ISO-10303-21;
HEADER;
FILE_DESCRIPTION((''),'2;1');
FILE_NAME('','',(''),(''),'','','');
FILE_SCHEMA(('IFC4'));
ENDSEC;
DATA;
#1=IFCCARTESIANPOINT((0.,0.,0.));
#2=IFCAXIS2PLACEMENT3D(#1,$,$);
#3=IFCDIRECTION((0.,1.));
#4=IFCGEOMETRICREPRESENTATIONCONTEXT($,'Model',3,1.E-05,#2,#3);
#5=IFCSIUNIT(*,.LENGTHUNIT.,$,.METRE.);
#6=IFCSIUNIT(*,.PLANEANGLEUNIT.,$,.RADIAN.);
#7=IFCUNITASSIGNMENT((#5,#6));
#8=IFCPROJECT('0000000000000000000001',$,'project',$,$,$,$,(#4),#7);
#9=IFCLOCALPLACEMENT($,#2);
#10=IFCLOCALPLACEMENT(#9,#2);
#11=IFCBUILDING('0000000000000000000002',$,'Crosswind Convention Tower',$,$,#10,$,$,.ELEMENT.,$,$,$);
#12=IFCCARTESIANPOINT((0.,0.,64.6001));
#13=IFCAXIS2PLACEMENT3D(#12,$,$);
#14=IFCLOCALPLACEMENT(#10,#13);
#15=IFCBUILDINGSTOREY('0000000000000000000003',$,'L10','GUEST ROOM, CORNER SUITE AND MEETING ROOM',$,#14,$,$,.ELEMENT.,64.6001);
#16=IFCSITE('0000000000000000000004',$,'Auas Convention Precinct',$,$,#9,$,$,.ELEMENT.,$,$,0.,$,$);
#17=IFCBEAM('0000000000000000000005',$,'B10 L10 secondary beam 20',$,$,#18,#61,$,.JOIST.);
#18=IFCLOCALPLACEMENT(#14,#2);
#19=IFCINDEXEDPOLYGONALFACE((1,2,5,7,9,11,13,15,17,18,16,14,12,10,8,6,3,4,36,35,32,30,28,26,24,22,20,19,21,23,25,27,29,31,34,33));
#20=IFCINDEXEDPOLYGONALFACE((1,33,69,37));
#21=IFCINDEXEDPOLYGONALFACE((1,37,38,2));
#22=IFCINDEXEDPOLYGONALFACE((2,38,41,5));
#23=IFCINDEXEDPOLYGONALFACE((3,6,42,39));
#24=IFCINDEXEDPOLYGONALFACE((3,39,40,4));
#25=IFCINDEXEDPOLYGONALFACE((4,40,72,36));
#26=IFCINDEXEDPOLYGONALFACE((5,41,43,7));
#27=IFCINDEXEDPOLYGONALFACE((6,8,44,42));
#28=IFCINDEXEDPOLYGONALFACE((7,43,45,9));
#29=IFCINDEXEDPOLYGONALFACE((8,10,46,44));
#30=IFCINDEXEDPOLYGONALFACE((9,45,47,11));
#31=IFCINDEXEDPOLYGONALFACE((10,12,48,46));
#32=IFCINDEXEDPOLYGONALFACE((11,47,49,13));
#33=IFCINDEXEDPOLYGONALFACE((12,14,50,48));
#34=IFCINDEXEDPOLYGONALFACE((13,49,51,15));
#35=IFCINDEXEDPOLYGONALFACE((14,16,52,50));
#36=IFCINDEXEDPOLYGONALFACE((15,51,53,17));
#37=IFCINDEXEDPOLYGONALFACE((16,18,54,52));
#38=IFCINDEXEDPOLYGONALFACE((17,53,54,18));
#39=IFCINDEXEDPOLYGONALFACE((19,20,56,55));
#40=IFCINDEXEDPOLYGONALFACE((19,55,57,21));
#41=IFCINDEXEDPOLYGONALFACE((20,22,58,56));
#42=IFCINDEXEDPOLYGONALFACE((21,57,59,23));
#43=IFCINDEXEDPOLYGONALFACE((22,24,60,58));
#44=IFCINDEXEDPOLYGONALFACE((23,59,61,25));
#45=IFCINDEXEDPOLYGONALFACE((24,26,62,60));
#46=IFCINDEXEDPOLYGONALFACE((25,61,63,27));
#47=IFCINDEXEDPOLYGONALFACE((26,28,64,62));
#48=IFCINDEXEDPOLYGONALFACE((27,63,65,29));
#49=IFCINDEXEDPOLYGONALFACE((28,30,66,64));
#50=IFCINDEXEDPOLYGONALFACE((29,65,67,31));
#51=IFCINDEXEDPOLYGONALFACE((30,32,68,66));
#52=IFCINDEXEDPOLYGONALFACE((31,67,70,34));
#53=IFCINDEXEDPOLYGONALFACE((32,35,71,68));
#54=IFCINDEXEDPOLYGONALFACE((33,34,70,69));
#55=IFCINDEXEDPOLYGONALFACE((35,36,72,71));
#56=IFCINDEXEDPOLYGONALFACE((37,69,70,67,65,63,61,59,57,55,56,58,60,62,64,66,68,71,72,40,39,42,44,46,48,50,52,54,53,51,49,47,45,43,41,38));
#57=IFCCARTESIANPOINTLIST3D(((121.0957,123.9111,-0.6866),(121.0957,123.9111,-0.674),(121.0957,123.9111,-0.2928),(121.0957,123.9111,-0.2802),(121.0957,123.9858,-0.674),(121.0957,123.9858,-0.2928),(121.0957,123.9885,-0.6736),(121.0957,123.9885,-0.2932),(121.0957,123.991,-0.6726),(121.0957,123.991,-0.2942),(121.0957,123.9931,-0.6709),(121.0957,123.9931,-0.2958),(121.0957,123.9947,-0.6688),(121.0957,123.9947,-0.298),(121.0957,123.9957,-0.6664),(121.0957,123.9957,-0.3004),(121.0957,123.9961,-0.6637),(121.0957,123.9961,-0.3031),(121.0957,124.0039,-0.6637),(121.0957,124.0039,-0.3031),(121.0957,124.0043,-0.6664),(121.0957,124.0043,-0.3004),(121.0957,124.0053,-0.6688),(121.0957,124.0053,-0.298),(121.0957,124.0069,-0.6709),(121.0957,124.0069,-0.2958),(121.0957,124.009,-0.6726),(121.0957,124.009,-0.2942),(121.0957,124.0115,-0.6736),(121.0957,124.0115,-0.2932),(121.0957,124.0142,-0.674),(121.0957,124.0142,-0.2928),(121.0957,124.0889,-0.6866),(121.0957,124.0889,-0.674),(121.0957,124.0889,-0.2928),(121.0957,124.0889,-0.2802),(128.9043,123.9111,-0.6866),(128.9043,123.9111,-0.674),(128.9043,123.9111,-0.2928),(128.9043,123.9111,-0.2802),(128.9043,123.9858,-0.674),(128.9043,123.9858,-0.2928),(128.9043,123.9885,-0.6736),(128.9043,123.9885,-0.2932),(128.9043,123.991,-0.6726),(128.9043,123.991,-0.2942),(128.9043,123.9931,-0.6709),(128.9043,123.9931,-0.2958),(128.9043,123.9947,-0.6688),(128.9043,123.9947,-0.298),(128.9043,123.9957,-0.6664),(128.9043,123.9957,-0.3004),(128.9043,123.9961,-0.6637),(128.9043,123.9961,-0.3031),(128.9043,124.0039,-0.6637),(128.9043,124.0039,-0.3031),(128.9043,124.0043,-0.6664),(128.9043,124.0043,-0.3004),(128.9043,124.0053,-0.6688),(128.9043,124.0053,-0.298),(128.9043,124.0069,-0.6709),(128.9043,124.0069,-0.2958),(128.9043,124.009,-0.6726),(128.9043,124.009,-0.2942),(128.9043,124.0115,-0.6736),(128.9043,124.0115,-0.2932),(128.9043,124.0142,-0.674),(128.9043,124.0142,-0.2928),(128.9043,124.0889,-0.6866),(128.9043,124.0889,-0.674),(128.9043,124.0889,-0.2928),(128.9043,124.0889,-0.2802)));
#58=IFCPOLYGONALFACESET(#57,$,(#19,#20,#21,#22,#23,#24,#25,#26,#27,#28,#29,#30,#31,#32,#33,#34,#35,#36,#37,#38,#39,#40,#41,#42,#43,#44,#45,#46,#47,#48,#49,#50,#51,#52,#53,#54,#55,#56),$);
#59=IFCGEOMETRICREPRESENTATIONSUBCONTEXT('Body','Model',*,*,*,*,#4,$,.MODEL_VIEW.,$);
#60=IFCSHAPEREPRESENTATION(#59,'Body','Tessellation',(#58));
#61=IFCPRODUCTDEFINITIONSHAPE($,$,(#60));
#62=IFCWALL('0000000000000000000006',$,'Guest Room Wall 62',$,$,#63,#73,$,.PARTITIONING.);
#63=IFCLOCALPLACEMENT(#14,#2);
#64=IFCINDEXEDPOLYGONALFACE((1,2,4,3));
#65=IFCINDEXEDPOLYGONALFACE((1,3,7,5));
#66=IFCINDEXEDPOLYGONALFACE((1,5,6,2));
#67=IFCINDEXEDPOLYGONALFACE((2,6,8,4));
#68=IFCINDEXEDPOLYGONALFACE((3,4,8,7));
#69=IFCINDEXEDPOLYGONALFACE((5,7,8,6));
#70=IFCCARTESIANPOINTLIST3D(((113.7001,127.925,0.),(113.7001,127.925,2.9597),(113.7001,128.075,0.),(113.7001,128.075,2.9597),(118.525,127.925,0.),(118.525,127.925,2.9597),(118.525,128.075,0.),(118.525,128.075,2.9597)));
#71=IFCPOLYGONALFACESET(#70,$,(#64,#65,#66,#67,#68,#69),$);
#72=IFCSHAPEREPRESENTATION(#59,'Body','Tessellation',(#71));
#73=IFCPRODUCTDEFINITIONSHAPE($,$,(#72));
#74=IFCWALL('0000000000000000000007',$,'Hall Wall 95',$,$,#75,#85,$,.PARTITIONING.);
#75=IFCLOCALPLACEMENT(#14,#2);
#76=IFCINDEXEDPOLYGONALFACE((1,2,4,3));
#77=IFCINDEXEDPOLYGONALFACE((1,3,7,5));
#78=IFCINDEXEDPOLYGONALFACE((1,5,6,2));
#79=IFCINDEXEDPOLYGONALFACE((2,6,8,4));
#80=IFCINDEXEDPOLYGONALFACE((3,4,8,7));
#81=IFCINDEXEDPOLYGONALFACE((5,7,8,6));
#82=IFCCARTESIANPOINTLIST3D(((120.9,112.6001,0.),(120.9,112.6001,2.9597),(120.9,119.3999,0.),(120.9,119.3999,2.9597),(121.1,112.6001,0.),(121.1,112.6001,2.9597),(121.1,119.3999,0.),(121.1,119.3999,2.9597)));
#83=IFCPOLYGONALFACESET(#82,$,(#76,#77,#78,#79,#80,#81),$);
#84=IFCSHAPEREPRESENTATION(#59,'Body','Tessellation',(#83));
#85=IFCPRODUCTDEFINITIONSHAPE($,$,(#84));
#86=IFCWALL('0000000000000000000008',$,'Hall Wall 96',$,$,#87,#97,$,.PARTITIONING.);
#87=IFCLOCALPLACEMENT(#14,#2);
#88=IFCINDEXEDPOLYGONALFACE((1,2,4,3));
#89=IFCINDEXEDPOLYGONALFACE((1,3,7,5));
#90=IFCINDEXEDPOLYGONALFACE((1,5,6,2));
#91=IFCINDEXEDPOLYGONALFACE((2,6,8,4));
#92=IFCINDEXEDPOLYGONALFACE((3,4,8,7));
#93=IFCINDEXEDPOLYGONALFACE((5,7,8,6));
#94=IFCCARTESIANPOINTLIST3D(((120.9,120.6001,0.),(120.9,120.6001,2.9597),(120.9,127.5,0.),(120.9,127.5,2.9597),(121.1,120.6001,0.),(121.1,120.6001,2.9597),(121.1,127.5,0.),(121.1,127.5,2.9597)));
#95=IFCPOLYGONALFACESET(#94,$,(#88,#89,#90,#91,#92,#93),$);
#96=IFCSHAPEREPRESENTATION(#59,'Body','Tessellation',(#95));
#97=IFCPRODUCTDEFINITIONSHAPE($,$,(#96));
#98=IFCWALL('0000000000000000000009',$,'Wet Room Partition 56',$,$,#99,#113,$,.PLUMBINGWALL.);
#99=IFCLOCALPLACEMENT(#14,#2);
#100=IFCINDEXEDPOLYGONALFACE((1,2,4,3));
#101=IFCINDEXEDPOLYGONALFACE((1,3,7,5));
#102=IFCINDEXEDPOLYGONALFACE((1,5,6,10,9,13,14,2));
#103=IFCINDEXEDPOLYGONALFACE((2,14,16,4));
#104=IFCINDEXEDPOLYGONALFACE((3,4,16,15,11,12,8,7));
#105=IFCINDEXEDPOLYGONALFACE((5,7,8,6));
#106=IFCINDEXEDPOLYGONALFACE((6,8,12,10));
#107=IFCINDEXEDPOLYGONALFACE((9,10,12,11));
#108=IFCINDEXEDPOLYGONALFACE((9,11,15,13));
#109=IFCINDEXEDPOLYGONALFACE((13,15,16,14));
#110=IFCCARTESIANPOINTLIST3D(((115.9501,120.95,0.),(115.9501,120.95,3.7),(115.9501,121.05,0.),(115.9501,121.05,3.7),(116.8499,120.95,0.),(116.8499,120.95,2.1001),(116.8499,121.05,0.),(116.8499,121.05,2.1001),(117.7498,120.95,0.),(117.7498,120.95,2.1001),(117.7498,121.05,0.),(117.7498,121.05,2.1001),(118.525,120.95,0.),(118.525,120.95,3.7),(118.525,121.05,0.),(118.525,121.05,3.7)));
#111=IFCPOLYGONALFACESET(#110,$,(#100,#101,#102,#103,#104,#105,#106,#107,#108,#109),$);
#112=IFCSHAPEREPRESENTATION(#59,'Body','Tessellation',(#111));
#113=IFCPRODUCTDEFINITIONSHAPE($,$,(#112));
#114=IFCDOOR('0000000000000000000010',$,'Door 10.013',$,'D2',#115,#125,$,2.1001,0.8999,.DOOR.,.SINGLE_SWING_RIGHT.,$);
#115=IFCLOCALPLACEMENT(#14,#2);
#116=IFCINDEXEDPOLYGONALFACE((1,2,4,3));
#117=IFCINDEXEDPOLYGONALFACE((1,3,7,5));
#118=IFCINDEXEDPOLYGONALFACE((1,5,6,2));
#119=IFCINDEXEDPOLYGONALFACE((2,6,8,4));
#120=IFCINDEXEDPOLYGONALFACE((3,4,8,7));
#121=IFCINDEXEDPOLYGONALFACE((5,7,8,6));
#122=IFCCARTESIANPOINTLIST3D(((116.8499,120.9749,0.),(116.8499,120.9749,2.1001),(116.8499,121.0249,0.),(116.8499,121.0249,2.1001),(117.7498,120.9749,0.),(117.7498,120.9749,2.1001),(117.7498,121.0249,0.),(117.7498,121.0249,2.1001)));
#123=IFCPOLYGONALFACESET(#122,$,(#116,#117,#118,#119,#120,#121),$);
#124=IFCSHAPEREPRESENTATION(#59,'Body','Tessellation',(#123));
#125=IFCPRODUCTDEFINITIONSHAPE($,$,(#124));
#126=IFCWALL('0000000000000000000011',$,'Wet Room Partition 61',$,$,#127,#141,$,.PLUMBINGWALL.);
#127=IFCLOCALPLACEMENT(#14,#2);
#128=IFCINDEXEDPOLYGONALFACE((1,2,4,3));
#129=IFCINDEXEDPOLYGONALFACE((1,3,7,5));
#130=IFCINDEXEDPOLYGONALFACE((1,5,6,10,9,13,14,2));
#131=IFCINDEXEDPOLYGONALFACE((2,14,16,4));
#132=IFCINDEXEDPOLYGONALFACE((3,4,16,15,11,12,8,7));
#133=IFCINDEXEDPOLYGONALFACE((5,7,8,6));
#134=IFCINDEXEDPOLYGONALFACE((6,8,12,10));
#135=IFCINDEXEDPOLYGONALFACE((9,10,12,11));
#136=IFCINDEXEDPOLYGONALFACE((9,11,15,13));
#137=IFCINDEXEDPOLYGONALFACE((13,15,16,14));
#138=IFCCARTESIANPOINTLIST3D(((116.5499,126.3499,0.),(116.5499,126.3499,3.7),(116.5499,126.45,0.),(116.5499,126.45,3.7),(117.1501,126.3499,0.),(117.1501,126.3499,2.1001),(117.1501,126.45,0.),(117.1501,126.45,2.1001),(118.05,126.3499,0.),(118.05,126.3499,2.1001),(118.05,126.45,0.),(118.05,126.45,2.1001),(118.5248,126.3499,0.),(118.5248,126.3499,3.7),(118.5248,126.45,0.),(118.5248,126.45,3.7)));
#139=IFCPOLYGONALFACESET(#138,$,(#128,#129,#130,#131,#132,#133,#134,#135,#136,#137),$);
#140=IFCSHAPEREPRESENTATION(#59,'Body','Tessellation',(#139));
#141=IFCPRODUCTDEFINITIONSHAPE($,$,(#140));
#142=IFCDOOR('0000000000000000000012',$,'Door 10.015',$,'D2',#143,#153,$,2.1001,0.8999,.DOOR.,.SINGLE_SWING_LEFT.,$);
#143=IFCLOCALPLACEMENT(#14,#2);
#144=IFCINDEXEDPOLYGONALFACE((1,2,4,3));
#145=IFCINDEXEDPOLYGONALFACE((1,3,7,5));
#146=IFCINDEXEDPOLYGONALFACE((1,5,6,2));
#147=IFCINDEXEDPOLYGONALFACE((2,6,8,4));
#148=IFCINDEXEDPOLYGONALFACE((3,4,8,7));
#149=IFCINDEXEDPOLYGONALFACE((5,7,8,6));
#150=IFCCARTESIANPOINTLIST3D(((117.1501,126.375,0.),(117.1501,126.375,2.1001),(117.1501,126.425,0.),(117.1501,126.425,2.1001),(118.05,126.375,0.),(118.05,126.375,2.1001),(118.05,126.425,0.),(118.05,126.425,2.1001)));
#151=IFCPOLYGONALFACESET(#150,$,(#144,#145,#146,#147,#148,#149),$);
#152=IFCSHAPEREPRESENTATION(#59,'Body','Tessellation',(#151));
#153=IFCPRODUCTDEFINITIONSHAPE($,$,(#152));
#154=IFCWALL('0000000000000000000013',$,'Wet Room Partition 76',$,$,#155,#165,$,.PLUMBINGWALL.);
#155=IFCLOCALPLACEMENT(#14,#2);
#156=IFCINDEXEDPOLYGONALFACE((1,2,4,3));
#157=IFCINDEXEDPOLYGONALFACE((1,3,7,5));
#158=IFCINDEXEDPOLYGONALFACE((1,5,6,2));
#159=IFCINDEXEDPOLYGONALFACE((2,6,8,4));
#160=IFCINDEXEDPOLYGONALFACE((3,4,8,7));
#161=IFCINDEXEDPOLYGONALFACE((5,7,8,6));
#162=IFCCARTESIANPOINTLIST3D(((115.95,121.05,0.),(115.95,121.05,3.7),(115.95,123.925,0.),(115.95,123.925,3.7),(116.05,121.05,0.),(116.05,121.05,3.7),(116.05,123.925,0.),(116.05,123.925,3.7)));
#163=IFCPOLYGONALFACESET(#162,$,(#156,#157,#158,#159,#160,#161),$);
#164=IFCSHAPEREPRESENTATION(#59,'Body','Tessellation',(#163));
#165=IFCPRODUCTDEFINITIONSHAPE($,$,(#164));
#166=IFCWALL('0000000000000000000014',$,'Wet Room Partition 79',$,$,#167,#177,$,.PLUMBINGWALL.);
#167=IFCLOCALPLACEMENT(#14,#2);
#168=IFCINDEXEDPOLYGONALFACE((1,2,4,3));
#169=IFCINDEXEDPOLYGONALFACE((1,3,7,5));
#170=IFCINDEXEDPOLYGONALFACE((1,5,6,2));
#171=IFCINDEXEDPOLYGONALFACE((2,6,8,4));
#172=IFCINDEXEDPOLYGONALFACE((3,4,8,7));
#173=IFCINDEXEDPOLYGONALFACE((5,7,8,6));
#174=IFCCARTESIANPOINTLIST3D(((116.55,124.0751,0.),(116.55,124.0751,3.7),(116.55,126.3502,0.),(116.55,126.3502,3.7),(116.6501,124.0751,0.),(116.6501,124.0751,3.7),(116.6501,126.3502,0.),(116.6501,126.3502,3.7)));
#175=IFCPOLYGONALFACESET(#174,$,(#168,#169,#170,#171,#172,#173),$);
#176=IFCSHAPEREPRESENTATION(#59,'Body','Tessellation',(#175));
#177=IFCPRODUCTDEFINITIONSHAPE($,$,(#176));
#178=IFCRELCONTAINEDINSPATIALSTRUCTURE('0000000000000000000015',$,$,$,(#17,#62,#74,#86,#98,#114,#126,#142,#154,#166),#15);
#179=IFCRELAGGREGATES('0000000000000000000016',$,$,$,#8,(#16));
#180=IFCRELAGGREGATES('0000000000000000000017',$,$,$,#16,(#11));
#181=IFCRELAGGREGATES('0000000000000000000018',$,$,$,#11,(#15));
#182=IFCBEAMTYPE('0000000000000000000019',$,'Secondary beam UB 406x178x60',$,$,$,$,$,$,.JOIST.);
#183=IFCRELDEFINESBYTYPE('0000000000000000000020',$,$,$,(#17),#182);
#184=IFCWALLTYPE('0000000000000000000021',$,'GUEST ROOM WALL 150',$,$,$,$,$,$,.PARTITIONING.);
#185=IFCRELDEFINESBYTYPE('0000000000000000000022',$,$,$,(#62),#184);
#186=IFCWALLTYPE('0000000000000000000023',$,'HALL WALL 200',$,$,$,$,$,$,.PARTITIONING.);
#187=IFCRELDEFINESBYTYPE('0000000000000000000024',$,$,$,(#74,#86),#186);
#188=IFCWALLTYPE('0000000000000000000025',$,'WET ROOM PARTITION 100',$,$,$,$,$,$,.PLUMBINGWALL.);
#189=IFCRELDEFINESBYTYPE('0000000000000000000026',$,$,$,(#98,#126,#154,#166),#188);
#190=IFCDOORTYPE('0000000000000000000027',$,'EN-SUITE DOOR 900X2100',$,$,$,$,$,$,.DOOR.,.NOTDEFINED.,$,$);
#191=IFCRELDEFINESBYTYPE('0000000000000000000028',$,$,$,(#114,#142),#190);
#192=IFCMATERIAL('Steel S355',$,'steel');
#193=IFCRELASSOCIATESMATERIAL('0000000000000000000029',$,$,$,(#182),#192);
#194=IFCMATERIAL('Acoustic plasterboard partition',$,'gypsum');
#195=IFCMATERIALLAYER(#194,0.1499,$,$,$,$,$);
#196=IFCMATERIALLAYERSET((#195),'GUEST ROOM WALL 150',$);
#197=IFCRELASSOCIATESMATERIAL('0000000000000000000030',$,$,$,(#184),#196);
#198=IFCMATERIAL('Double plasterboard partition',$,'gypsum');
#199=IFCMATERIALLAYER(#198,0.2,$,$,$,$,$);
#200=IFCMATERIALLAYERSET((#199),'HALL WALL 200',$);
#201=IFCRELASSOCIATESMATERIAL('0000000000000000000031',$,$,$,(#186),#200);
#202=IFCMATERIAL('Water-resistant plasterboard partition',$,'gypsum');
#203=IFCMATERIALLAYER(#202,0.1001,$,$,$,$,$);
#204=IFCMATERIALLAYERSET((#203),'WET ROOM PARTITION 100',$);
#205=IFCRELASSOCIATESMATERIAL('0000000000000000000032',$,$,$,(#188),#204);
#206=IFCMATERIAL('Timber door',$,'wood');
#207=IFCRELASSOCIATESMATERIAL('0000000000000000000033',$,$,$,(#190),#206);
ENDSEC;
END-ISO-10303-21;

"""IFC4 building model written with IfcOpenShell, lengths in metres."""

from ifc_helpers import new_model, si_unit, direction, frame, frame_2d, origin, origin_2d, place, context, subcontext, project, spatial, rectangle, i_section, extrude, material, layer, layer_set, material_profile, profile_set, type_object, element, fill, save


model = new_model("IFC4")

# Units and contexts
model_context = context("Model", 3, precision=1e-05, world=origin(), true_north=direction((0.0, 1.0)))
body_context = subcontext(model_context, "Body", "Model", "MODEL_VIEW")
ifc_project = project(units=[si_unit("LENGTHUNIT", "METRE"), si_unit("PLANEANGLEUNIT", "RADIAN")], contexts=[model_context])

# Site, building, storey
site_placement = place(None, origin())
site = spatial("IfcSite", under=ifc_project, at=site_placement, Name="Auas Convention Precinct", CompositionType="ELEMENT", RefElevation=0.0)
building_placement = place(site_placement, origin())
building = spatial("IfcBuilding", under=site, at=building_placement, Name="Crosswind Convention Tower", CompositionType="ELEMENT")
storey_placement = place(building_placement, frame((0.0, 0.0, 64.6001)))
storey = spatial("IfcBuildingStorey", under=building, at=storey_placement, Name="L10", Description="GUEST ROOM, CORNER SUITE AND MEETING ROOM", CompositionType="ELEMENT", Elevation=64.6001)

# Beam
ifc_material_1 = material(Name="Steel S355", Category="steel")
ifc_material_profile_1 = material_profile(ifc_material_1, i_section(OverallWidth=0.1777, OverallDepth=0.4065, WebThickness=0.0078, FlangeThickness=0.0127, FilletRadius=0.0103, at=origin_2d()), Name="UB 406x178x60")
ifc_profile_set_1 = profile_set([ifc_material_profile_1], Name="Steel S355")
beam_type_1 = type_object("IfcBeamType", Name="Secondary beam UB 406x178x60", PredefinedType="JOIST", material=ifc_profile_set_1)
for number, where, z_axis, x_axis, name in (
    (1, (121.0957, 124.0, -0.4834), (1.0, 0.0, 0.0), (0.0, 1.0, 0.0), "B10 L10 secondary beam 20"),
):
    element("IfcBeam", number, at=place(storey_placement, frame(where, z_axis=z_axis, x_axis=x_axis)), inside=storey, type_object=beam_type_1, Name=name, PredefinedType="JOIST", context=body_context, shape_type="SweptSolid", body=[
        extrude(i_section(OverallWidth=0.1777, OverallDepth=0.4065, WebThickness=0.0078, FlangeThickness=0.0127, FilletRadius=0.0103, at=origin_2d()), origin(), (0.0, 0.0, 1.0), 7.8086),
    ])

# Walls
ifc_material_2 = material(Name="Acoustic plasterboard partition", Category="gypsum")
ifc_layer_1 = layer(ifc_material_2, 0.1499)
ifc_layer_set_1 = layer_set([ifc_layer_1], Name="GUEST ROOM WALL 150")
wall_type_1 = type_object("IfcWallType", Name="GUEST ROOM WALL 150", PredefinedType="PARTITIONING", material=ifc_layer_set_1)
wall_1_placement = place(storey_placement, frame((113.7, 128.0, 0.0), z_axis=(0.0, 0.0, 1.0), x_axis=(1.0, 0.0, 0.0)))
element("IfcWall", 2, at=wall_1_placement, inside=storey, type_object=wall_type_1, Name="Guest Room Wall 62", PredefinedType="PARTITIONING", context=body_context, shape_type="SweptSolid", body=[
    extrude(rectangle(XDim=4.825, YDim=0.1499, at=frame_2d((2.4126, 0.0))), origin(), (0.0, 0.0, 1.0), 2.9597),
])
ifc_material_3 = material(Name="Double plasterboard partition", Category="gypsum")
ifc_layer_2 = layer(ifc_material_3, 0.2)
ifc_layer_set_2 = layer_set([ifc_layer_2], Name="HALL WALL 200")
wall_type_2 = type_object("IfcWallType", Name="HALL WALL 200", PredefinedType="PARTITIONING", material=ifc_layer_set_2)
wall_2_placement = place(storey_placement, frame((121.0, 112.6001, 0.0), z_axis=(0.0, 0.0, 1.0), x_axis=(0.0, 1.0, 0.0)))
element("IfcWall", 3, at=wall_2_placement, inside=storey, type_object=wall_type_2, Name="Hall Wall 95", PredefinedType="PARTITIONING", context=body_context, shape_type="SweptSolid", body=[
    extrude(rectangle(XDim=6.7998, YDim=0.2, at=frame_2d((3.3999, 0.0))), origin(), (0.0, 0.0, 1.0), 2.9597),
])
wall_3_placement = place(storey_placement, frame((121.0, 120.6001, 0.0), z_axis=(0.0, 0.0, 1.0), x_axis=(0.0, 1.0, 0.0)))
element("IfcWall", 4, at=wall_3_placement, inside=storey, type_object=wall_type_2, Name="Hall Wall 96", PredefinedType="PARTITIONING", context=body_context, shape_type="SweptSolid", body=[
    extrude(rectangle(XDim=6.8999, YDim=0.2, at=frame_2d((3.45, 0.0))), origin(), (0.0, 0.0, 1.0), 2.9597),
])

# Walls, openings, doors
ifc_material_4 = material(Name="Water-resistant plasterboard partition", Category="gypsum")
ifc_layer_3 = layer(ifc_material_4, 0.1001)
ifc_layer_set_3 = layer_set([ifc_layer_3], Name="WET ROOM PARTITION 100")
wall_type_3 = type_object("IfcWallType", Name="WET ROOM PARTITION 100", PredefinedType="PLUMBINGWALL", material=ifc_layer_set_3)
wall_4_placement = place(storey_placement, frame((115.95, 121.0, 0.0), z_axis=(0.0, 0.0, 1.0), x_axis=(1.0, 0.0, 0.0)))
wall_4 = element("IfcWall", 5, at=wall_4_placement, inside=storey, type_object=wall_type_3, Name="Wet Room Partition 56", PredefinedType="PLUMBINGWALL", context=body_context, shape_type="SweptSolid", body=[
    extrude(rectangle(XDim=2.575, YDim=0.1001, at=frame_2d((1.2876, 0.0))), origin(), (0.0, 0.0, 1.0), 3.7),
])
opening_1_placement = place(wall_4_placement, frame((0.8999, 0.0, 0.0)))
opening_1 = element("IfcOpeningElement", 6, at=opening_1_placement, cuts=wall_4, PredefinedType="OPENING", context=body_context, shape_type="SweptSolid", body=[
    extrude(rectangle(XDim=0.8999, YDim=2.1001, at=frame_2d((0.45, 1.05))), frame((0.0, 0.0601, 0.0), z_axis=(0.0, -1.0, 0.0), x_axis=(1.0, 0.0, 0.0)), (0.0, 0.0, 1.0), 0.1201),
])
ifc_material_5 = material(Name="Timber door", Category="wood")
door_type = type_object("IfcDoorType", Name="EN-SUITE DOOR 900X2100", OperationType="NOTDEFINED", PredefinedType="DOOR", material=ifc_material_5)
door_1_placement = place(opening_1_placement, origin())
door_1 = element("IfcDoor", 7, at=door_1_placement, inside=storey, type_object=door_type, Name="Door 10.013", ObjectType="D2", OperationType="SINGLE_SWING_RIGHT", OverallHeight=2.1001, OverallWidth=0.8999, PredefinedType="DOOR", context=body_context, shape_type="SweptSolid", body=[
    extrude(rectangle(XDim=0.8999, YDim=2.1001, at=frame_2d((0.45, 1.05))), frame((0.0, 0.0249, 0.0), z_axis=(0.0, -1.0, 0.0), x_axis=(1.0, 0.0, 0.0)), (0.0, 0.0, 1.0), 0.05),
])
fill(opening_1, door_1)
wall_5_placement = place(storey_placement, frame((116.55, 126.3999, 0.0), z_axis=(0.0, 0.0, 1.0), x_axis=(1.0, 0.0, 0.0)))
wall_5 = element("IfcWall", 8, at=wall_5_placement, inside=storey, type_object=wall_type_3, Name="Wet Room Partition 61", PredefinedType="PLUMBINGWALL", context=body_context, shape_type="SweptSolid", body=[
    extrude(rectangle(XDim=1.9749, YDim=0.1001, at=frame_2d((0.9873, 0.0))), origin(), (0.0, 0.0, 1.0), 3.7),
])
opening_2_placement = place(wall_5_placement, frame((0.6001, 0.0, 0.0)))
opening_2 = element("IfcOpeningElement", 9, at=opening_2_placement, cuts=wall_5, PredefinedType="OPENING", context=body_context, shape_type="SweptSolid", body=[
    extrude(rectangle(XDim=0.8999, YDim=2.1001, at=frame_2d((0.45, 1.05))), frame((0.0, 0.0601, 0.0), z_axis=(0.0, -1.0, 0.0), x_axis=(1.0, 0.0, 0.0)), (0.0, 0.0, 1.0), 0.1201),
])
door_2_placement = place(opening_2_placement, frame((0.8999, 0.0, 0.0), z_axis=(0.0, 0.0, 1.0), x_axis=(-1.0, 0.0, 0.0)))
door_2 = element("IfcDoor", 10, at=door_2_placement, inside=storey, type_object=door_type, Name="Door 10.015", ObjectType="D2", OperationType="SINGLE_SWING_LEFT", OverallHeight=2.1001, OverallWidth=0.8999, PredefinedType="DOOR", context=body_context, shape_type="SweptSolid", body=[
    extrude(rectangle(XDim=0.8999, YDim=2.1001, at=frame_2d((0.45, 1.05))), frame((0.0, 0.0249, 0.0), z_axis=(0.0, -1.0, 0.0), x_axis=(1.0, 0.0, 0.0)), (0.0, 0.0, 1.0), 0.05),
])
fill(opening_2, door_2)

# Walls
wall_6_placement = place(storey_placement, frame((116.0, 121.05, 0.0), z_axis=(0.0, 0.0, 1.0), x_axis=(0.0, 1.0, 0.0)))
element("IfcWall", 11, at=wall_6_placement, inside=storey, type_object=wall_type_3, Name="Wet Room Partition 76", PredefinedType="PLUMBINGWALL", context=body_context, shape_type="SweptSolid", body=[
    extrude(rectangle(XDim=2.875, YDim=0.1001, at=frame_2d((1.4375, 0.0))), origin(), (0.0, 0.0, 1.0), 3.7),
])
wall_7_placement = place(storey_placement, frame((116.6001, 124.075, 0.0), z_axis=(0.0, 0.0, 1.0), x_axis=(0.0, 1.0, 0.0)))
element("IfcWall", 12, at=wall_7_placement, inside=storey, type_object=wall_type_3, Name="Wet Room Partition 79", PredefinedType="PLUMBINGWALL", context=body_context, shape_type="SweptSolid", body=[
    extrude(rectangle(XDim=2.2751, YDim=0.1001, at=frame_2d((1.1377, 0.0))), origin(), (0.0, 0.0, 1.0), 3.7),
])

save(model, "model.ifc")
